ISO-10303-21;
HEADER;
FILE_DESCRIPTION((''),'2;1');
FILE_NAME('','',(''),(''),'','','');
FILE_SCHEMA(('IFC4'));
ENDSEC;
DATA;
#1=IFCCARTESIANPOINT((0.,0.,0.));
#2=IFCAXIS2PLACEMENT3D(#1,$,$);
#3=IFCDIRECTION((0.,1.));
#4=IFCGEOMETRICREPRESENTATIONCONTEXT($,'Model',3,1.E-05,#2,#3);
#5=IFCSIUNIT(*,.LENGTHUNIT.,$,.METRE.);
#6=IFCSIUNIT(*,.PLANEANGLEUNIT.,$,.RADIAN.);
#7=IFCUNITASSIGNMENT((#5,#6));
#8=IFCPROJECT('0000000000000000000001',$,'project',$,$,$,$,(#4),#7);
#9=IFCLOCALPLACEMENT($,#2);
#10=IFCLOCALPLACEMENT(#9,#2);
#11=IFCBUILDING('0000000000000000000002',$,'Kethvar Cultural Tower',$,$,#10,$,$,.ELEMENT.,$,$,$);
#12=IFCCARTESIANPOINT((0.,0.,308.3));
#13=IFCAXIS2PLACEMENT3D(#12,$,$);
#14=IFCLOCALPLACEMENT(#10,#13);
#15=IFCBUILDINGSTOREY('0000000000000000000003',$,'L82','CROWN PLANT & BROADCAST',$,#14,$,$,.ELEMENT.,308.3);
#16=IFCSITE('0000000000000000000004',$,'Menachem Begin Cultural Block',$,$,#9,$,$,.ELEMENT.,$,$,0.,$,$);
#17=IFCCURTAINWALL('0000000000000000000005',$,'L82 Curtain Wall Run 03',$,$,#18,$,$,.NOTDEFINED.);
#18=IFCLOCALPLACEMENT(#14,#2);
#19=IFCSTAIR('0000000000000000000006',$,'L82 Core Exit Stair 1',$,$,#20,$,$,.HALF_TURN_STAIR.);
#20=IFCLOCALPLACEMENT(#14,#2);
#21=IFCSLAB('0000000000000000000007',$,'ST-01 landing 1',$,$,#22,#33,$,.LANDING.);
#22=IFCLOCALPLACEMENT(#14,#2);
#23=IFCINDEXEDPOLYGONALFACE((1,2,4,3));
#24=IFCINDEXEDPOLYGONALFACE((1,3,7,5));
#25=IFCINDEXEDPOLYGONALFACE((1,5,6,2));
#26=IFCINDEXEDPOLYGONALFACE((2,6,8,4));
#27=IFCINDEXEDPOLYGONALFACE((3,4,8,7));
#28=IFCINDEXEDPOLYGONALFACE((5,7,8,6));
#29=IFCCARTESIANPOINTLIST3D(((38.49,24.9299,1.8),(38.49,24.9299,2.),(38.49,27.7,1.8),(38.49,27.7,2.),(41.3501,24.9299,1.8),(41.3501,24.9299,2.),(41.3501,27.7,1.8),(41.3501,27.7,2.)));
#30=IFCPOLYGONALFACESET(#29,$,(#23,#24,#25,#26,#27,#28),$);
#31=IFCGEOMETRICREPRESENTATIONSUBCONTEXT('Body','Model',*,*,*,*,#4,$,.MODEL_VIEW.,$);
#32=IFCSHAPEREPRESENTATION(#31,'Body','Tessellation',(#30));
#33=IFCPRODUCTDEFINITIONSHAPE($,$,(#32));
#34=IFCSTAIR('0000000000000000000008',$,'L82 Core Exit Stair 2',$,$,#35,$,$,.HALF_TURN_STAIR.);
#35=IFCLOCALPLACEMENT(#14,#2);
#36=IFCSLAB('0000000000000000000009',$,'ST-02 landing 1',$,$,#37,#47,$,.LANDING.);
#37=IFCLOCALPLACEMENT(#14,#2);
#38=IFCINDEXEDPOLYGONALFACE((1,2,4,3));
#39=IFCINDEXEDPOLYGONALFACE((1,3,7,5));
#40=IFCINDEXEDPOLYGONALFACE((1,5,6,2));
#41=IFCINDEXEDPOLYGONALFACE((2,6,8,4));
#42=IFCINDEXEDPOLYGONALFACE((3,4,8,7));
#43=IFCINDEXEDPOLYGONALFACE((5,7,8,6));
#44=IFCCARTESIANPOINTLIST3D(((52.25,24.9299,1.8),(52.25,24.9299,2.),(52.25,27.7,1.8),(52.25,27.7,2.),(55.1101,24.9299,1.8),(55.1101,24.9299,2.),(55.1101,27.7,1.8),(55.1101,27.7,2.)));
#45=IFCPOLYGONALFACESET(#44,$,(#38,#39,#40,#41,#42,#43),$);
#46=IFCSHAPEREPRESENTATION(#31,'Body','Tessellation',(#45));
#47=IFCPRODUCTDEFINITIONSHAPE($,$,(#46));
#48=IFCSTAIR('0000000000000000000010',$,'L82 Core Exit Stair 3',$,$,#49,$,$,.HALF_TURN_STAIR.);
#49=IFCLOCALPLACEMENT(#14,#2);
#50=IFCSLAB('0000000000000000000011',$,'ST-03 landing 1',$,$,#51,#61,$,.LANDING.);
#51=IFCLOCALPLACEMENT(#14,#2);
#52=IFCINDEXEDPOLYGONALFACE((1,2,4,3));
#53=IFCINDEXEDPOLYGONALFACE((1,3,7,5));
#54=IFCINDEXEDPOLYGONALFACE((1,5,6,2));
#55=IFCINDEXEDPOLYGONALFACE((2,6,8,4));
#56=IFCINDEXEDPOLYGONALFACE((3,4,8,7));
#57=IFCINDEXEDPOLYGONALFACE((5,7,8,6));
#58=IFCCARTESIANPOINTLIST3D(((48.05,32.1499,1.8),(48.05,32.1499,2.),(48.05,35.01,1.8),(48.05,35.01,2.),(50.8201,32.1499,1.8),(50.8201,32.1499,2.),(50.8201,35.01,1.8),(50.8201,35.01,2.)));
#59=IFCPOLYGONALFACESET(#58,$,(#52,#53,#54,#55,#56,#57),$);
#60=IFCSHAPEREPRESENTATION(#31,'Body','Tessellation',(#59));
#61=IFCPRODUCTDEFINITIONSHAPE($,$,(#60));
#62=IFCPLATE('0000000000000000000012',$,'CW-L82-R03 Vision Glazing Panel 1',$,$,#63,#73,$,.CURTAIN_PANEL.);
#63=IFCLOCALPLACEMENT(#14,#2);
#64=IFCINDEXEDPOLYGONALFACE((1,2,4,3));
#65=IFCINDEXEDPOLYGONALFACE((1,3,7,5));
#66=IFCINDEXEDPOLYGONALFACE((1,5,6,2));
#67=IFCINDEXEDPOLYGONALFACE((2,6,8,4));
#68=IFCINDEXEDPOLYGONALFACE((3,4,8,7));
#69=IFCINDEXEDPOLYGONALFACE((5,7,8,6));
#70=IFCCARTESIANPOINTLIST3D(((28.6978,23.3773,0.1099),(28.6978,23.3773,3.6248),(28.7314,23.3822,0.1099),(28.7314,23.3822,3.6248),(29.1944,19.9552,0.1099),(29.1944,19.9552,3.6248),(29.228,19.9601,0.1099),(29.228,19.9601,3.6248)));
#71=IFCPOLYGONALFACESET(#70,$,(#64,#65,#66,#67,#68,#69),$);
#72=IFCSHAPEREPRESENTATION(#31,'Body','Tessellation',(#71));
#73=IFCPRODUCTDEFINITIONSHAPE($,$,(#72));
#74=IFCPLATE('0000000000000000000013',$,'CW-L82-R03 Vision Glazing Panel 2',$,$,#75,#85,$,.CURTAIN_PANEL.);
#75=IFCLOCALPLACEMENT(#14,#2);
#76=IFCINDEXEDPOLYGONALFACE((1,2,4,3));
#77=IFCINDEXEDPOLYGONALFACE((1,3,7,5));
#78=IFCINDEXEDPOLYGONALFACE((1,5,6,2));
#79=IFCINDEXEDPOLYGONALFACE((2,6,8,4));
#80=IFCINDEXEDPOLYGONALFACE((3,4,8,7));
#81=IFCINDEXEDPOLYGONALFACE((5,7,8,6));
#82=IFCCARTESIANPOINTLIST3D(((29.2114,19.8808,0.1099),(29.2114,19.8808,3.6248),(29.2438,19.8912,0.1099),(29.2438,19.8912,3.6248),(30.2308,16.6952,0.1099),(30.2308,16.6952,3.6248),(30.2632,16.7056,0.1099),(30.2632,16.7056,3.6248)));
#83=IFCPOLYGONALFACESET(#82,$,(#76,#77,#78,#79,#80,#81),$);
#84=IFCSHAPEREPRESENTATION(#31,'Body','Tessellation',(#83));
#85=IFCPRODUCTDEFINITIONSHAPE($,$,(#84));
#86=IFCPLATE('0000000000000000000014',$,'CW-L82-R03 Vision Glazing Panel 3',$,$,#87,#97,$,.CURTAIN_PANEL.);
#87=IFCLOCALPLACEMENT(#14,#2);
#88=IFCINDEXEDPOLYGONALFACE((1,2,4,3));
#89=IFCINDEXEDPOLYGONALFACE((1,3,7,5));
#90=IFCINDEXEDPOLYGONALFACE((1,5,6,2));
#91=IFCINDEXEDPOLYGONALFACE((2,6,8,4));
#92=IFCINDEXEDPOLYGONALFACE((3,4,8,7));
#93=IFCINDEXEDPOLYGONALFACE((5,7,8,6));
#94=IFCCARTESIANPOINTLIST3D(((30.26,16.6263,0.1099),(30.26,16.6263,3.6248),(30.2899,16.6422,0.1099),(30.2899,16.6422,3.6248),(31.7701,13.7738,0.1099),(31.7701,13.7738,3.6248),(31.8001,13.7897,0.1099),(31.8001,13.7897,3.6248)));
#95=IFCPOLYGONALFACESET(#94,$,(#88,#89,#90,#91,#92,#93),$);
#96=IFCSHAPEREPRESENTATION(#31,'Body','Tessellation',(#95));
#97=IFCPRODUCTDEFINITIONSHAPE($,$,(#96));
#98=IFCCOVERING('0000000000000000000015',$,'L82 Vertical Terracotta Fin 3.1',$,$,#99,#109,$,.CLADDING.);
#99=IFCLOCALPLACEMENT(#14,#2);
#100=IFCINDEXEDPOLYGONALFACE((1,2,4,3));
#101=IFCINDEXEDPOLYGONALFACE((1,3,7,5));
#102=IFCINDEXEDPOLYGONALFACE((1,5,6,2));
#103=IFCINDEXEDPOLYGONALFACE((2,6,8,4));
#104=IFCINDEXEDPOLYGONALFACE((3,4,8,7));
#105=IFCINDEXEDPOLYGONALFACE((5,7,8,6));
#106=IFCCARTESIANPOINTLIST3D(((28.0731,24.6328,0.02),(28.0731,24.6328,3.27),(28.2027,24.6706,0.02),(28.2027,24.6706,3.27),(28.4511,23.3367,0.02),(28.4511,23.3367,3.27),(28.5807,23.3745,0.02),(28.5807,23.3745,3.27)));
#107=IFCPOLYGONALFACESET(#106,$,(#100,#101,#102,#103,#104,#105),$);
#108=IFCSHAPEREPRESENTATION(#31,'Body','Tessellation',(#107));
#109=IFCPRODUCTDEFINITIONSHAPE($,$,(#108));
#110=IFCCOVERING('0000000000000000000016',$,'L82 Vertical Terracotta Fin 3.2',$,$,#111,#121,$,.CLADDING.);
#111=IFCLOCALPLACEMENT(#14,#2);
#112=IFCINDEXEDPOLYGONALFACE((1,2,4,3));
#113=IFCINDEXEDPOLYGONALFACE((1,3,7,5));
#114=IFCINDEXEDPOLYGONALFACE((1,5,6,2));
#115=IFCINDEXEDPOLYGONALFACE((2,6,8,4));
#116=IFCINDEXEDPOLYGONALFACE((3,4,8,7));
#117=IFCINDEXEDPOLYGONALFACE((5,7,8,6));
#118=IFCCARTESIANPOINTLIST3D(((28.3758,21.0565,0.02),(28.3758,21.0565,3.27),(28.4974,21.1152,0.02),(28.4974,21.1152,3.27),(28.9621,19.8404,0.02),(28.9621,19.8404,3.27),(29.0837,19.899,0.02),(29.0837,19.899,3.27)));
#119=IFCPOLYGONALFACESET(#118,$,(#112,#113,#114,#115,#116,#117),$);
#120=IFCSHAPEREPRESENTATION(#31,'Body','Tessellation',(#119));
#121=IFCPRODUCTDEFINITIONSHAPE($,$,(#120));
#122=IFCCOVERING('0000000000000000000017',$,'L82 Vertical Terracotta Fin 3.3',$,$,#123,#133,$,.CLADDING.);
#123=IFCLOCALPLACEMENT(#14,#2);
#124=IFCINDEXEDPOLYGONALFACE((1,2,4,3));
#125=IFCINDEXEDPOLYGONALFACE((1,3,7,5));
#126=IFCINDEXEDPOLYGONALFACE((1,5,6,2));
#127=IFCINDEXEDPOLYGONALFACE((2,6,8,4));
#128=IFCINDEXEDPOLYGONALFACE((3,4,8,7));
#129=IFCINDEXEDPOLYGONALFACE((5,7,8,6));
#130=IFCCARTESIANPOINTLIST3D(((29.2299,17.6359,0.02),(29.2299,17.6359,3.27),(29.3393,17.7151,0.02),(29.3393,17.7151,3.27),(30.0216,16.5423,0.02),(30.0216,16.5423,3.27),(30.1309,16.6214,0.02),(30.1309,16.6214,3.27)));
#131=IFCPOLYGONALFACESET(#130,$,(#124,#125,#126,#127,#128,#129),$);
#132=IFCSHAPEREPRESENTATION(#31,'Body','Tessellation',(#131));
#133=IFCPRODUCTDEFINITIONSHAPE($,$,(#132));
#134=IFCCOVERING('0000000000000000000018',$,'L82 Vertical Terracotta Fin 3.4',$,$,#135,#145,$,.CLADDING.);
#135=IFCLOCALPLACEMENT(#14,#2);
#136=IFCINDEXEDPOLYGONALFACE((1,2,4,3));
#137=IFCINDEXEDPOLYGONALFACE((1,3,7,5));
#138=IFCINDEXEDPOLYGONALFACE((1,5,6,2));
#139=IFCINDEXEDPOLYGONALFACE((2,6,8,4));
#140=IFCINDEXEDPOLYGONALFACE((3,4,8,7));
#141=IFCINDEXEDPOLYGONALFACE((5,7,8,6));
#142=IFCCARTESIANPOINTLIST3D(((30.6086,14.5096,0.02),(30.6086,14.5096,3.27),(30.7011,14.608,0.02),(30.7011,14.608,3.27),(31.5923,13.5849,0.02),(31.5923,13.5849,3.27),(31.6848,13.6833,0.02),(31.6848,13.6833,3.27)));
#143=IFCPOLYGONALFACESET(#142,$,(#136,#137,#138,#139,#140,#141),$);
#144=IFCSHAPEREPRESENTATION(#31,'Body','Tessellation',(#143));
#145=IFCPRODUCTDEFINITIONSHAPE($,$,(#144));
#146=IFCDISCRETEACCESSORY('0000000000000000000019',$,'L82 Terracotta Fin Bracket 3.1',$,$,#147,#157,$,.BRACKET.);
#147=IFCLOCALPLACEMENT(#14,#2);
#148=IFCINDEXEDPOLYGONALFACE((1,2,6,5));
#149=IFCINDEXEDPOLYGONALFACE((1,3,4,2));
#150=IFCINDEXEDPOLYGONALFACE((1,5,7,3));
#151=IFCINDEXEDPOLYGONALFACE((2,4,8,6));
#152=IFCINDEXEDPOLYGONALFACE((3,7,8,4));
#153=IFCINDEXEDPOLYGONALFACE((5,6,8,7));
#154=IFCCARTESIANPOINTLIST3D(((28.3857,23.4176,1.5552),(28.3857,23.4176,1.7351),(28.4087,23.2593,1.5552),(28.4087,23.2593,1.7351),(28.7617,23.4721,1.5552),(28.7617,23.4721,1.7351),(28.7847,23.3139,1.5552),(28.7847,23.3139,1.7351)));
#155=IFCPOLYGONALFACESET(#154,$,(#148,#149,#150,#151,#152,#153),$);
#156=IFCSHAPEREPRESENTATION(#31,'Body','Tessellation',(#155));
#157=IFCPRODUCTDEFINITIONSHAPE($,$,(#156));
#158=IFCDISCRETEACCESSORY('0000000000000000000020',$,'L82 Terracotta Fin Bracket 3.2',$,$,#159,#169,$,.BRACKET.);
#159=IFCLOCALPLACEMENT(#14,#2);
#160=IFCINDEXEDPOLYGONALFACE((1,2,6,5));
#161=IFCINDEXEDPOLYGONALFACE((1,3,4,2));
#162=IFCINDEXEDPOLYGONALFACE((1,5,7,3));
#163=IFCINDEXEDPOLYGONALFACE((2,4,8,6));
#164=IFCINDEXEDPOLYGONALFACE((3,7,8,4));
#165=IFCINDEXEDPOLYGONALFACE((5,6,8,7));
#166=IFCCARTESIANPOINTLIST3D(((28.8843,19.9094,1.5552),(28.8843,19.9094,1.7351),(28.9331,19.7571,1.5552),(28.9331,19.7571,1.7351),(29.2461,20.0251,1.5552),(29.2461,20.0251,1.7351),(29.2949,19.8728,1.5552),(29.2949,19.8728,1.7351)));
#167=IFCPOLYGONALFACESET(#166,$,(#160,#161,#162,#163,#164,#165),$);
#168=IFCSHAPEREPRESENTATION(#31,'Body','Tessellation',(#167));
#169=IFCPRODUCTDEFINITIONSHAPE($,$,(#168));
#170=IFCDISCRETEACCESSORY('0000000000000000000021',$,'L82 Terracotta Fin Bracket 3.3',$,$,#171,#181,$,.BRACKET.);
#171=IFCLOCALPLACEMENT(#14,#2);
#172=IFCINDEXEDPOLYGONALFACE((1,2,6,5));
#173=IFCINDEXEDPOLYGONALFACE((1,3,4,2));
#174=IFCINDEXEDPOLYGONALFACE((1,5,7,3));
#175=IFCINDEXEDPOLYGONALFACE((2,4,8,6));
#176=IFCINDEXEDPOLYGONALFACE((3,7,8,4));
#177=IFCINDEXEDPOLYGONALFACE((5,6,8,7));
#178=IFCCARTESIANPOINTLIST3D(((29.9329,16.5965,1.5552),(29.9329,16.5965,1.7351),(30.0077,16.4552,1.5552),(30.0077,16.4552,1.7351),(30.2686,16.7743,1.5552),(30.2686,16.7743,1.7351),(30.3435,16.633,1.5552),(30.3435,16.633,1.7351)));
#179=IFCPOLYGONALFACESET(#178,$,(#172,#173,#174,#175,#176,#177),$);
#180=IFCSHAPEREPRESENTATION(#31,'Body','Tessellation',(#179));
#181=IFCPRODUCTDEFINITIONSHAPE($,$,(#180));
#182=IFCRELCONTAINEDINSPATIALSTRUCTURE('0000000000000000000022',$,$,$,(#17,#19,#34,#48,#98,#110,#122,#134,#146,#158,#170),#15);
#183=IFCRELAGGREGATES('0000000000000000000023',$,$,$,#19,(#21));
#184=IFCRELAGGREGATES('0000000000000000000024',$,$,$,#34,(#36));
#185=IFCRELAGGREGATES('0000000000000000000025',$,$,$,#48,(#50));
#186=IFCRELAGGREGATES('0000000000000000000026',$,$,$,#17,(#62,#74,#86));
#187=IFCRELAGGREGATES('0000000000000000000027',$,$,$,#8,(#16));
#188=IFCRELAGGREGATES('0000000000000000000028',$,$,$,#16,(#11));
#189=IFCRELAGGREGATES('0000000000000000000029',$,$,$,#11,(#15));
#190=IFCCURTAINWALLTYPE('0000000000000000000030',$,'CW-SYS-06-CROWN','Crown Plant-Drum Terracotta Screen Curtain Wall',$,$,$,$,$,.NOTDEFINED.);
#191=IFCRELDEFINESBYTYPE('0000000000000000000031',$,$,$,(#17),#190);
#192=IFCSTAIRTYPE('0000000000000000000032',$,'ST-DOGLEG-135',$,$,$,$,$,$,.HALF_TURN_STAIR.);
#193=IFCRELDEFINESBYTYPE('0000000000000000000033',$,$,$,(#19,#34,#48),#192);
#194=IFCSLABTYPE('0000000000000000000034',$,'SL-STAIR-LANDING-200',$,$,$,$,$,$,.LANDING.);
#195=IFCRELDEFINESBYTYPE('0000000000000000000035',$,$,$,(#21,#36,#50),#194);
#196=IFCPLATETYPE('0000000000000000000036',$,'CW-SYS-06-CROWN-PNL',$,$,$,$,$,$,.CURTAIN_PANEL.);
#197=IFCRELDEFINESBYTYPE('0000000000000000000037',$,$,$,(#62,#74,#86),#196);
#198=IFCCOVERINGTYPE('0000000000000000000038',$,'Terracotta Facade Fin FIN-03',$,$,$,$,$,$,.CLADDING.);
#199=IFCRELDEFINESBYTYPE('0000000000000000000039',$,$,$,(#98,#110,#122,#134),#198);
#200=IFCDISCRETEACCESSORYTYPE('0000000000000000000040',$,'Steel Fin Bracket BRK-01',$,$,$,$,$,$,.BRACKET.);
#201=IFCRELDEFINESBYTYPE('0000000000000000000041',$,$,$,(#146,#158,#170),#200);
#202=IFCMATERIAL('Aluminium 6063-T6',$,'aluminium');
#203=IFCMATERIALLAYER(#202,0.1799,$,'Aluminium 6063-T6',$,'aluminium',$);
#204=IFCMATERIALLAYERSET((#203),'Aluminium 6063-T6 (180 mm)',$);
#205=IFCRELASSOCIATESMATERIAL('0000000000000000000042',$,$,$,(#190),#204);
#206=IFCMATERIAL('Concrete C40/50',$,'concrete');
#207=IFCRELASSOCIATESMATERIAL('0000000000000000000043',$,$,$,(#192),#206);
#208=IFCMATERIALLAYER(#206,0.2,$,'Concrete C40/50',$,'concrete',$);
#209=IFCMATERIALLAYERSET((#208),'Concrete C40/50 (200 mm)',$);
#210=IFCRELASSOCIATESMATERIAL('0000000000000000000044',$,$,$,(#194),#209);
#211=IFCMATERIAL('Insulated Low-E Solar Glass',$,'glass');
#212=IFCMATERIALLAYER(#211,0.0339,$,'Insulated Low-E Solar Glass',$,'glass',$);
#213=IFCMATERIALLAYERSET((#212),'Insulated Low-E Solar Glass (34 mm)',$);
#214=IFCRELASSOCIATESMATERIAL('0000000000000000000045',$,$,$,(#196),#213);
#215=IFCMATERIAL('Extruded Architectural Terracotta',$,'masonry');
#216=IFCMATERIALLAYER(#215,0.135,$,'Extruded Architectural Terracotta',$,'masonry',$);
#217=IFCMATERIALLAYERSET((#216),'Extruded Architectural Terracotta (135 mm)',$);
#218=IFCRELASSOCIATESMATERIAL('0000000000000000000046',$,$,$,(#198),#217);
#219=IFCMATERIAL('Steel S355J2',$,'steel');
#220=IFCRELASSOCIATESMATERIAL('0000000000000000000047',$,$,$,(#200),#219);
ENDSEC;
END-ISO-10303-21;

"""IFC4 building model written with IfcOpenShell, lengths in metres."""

from ifc_helpers import new_model, si_unit, direction, frame, origin, origin_2d, place, context, subcontext, project, spatial, polyline, rectangle, outline, extrude, source, transform, mapped, material, layer, layer_set, type_object, element, aggregate, save


model = new_model("IFC4")

# Units and contexts
model_context = context("Model", 3, precision=1e-05, world=origin(), true_north=direction((0.0, 1.0)))
body_context = subcontext(model_context, "Body", "Model", "MODEL_VIEW")
ifc_project = project(units=[si_unit("LENGTHUNIT", "METRE"), si_unit("PLANEANGLEUNIT", "RADIAN")], contexts=[model_context])

# Site, building, storey
site_placement = place(None, origin())
site = spatial("IfcSite", under=ifc_project, at=site_placement, Name="Menachem Begin Cultural Block", CompositionType="ELEMENT", RefElevation=0.0)
building_placement = place(site_placement, origin())
building = spatial("IfcBuilding", under=site, at=building_placement, Name="Kethvar Cultural Tower", CompositionType="ELEMENT")
storey_placement = place(building_placement, frame((0.0, 0.0, 308.3)))
storey = spatial("IfcBuildingStorey", under=building, at=storey_placement, Name="L82", Description="CROWN PLANT & BROADCAST", CompositionType="ELEMENT", Elevation=308.3)

# Shared definitions
ifc_material_1 = material(Name="Steel S355J2", Category="steel")

# Shared definitions
ifc_material_2 = material(Name="Aluminium 6063-T6", Category="aluminium")
ifc_layer_1 = layer(ifc_material_2, 0.1799, Name="Aluminium 6063-T6", Category="aluminium")
ifc_layer_set_1 = layer_set([ifc_layer_1], Name="Aluminium 6063-T6 (180 mm)")
curtain_wall_type = type_object("IfcCurtainWallType", Name="CW-SYS-06-CROWN", Description="Crown Plant-Drum Terracotta Screen Curtain Wall", PredefinedType="NOTDEFINED", material=ifc_layer_set_1)

# Curtain wall
curtain_wall_1_placement = place(storey_placement, origin())
curtain_wall_1 = element("IfcCurtainWall", 1, at=curtain_wall_1_placement, inside=storey, type_object=curtain_wall_type, Name="L82 Curtain Wall Run 03", PredefinedType="NOTDEFINED")

# Stairs, slabs
ifc_material_3 = material(Name="Concrete C40/50", Category="concrete")
stair_type = type_object("IfcStairType", Name="ST-DOGLEG-135", PredefinedType="HALF_TURN_STAIR", material=ifc_material_3)
stair_1_placement = place(storey_placement, origin())
stair_1 = element("IfcStair", 2, at=stair_1_placement, inside=storey, type_object=stair_type, Name="L82 Core Exit Stair 1", PredefinedType="HALF_TURN_STAIR")
ifc_layer_2 = layer(ifc_material_3, 0.2, Name="Concrete C40/50", Category="concrete")
ifc_layer_set_2 = layer_set([ifc_layer_2], Name="Concrete C40/50 (200 mm)")
slab_type_1 = type_object("IfcSlabType", Name="SL-STAIR-LANDING-200", PredefinedType="LANDING", material=ifc_layer_set_2)
slab_1_placement = place(storey_placement, frame((0.0, 0.0, 1.8)))
slab_1 = element("IfcSlab", 3, at=slab_1_placement, type_object=slab_type_1, Name="ST-01 landing 1", PredefinedType="LANDING", context=body_context, shape_type="SweptSolid", body=[
    extrude(outline(polyline([(41.3501, 24.9299), (41.3501, 27.7), (38.49, 27.7), (38.49, 24.9299), (41.3501, 24.9299)])), origin(), (0.0, 0.0, 1.0), 0.2),
])
aggregate(stair_1, [slab_1])
stair_2_placement = place(storey_placement, origin())
stair_2 = element("IfcStair", 4, at=stair_2_placement, inside=storey, type_object=stair_type, Name="L82 Core Exit Stair 2", PredefinedType="HALF_TURN_STAIR")
slab_2_placement = place(storey_placement, frame((0.0, 0.0, 1.8)))
slab_2 = element("IfcSlab", 5, at=slab_2_placement, type_object=slab_type_1, Name="ST-02 landing 1", PredefinedType="LANDING", context=body_context, shape_type="SweptSolid", body=[
    extrude(outline(polyline([(55.1101, 24.9299), (55.1101, 27.7), (52.25, 27.7), (52.25, 24.9299), (55.1101, 24.9299)])), origin(), (0.0, 0.0, 1.0), 0.2),
])
aggregate(stair_2, [slab_2])
stair_3_placement = place(storey_placement, origin())
stair_3 = element("IfcStair", 6, at=stair_3_placement, inside=storey, type_object=stair_type, Name="L82 Core Exit Stair 3", PredefinedType="HALF_TURN_STAIR")
slab_3_placement = place(storey_placement, frame((0.0, 0.0, 1.8)))
slab_3 = element("IfcSlab", 7, at=slab_3_placement, type_object=slab_type_1, Name="ST-03 landing 1", PredefinedType="LANDING", context=body_context, shape_type="SweptSolid", body=[
    extrude(outline(polyline([(50.8201, 35.01), (48.05, 35.01), (48.05, 32.1499), (50.8201, 32.1499), (50.8201, 35.01)])), origin(), (0.0, 0.0, 1.0), 0.2),
])
aggregate(stair_3, [slab_3])

# Plates
ifc_material_4 = material(Name="Insulated Low-E Solar Glass", Category="glass")
ifc_layer_3 = layer(ifc_material_4, 0.0339, Name="Insulated Low-E Solar Glass", Category="glass")
ifc_layer_set_3 = layer_set([ifc_layer_3], Name="Insulated Low-E Solar Glass (34 mm)")
plate_type = type_object("IfcPlateType", Name="CW-SYS-06-CROWN-PNL", PredefinedType="CURTAIN_PANEL", material=ifc_layer_set_3)
shared_shape_1 = source(origin(), body_context, "Body", "SweptSolid", [
    extrude(rectangle(XDim=3.458, YDim=0.0339, at=origin_2d()), origin(), (0.0, 0.0, 1.0), 3.5149),
])
plate_1_placement = place(storey_placement, frame((28.9629, 21.6687, 0.1099), z_axis=(0.0, 0.0, 1.0), x_axis=(0.143596, -0.989636, 0.0)))
plate_1 = element("IfcPlate", 8, at=plate_1_placement, type_object=plate_type, Name="CW-L82-R03 Vision Glazing Panel 1", PredefinedType="CURTAIN_PANEL", context=body_context, shape_type="MappedRepresentation", body=[
    mapped(shared_shape_1, transform((0.0, 0.0, 0.0), scale=1.0)),
])
shared_shape_2 = source(origin(), body_context, "Body", "SweptSolid", [
    extrude(rectangle(XDim=3.3447, YDim=0.0339, at=origin_2d()), origin(), (0.0, 0.0, 1.0), 3.5149),
])
plate_2_placement = place(storey_placement, frame((29.7373, 18.2932, 0.1099), z_axis=(0.0, 0.0, 1.0), x_axis=(0.304781, -0.952422, 0.0)))
plate_2 = element("IfcPlate", 9, at=plate_2_placement, type_object=plate_type, Name="CW-L82-R03 Vision Glazing Panel 2", PredefinedType="CURTAIN_PANEL", context=body_context, shape_type="MappedRepresentation", body=[
    mapped(shared_shape_2, transform((0.0, 0.0, 0.0), scale=1.0)),
])
shared_shape_3 = source(origin(), body_context, "Body", "SweptSolid", [
    extrude(rectangle(XDim=3.2275, YDim=0.0339, at=origin_2d()), origin(), (0.0, 0.0, 1.0), 3.5149),
])
plate_3_placement = place(storey_placement, frame((31.03, 15.208, 0.1099), z_axis=(0.0, 0.0, 1.0), x_axis=(0.467899, -0.883782, 0.0)))
plate_3 = element("IfcPlate", 10, at=plate_3_placement, type_object=plate_type, Name="CW-L82-R03 Vision Glazing Panel 3", PredefinedType="CURTAIN_PANEL", context=body_context, shape_type="MappedRepresentation", body=[
    mapped(shared_shape_3, transform((0.0, 0.0, 0.0), scale=1.0)),
])
aggregate(curtain_wall_1, [plate_1, plate_2, plate_3])

# Coverings
ifc_material_5 = material(Name="Extruded Architectural Terracotta", Category="masonry")
ifc_layer_4 = layer(ifc_material_5, 0.135, Name="Extruded Architectural Terracotta", Category="masonry")
ifc_layer_set_4 = layer_set([ifc_layer_4], Name="Extruded Architectural Terracotta (135 mm)")
covering_type = type_object("IfcCoveringType", Name="Terracotta Facade Fin FIN-03", PredefinedType="CLADDING", material=ifc_layer_set_4)
shared_shape_4 = source(origin(), body_context, "Body", "SweptSolid", [
    extrude(rectangle(XDim=1.3501, YDim=0.135, at=origin_2d()), origin(), (0.0, 0.0, 1.0), 3.25),
])
for number, where, z_axis, x_axis, name in (
    (11, (28.3269, 24.0037, 0.02), (0.0, 0.0, 1.0), (-0.279997, 0.960001, 0.0), "L82 Vertical Terracotta Fin 3.1"),
    (12, (28.7297, 20.4778, 0.02), (0.0, 0.0, 1.0), (-0.434288, 0.900774, 0.0), "L82 Vertical Terracotta Fin 3.2"),
    (13, (29.6804, 17.1287, 0.02), (0.0, 0.0, 1.0), (-0.586372, 0.810042, 0.0), "L82 Vertical Terracotta Fin 3.3"),
    (14, (31.1467, 14.0964, 0.02), (0.0, 0.0, 1.0), (-0.72861, 0.684929, 0.0), "L82 Vertical Terracotta Fin 3.4"),
):
    element("IfcCovering", number, at=place(storey_placement, frame(where, z_axis=z_axis, x_axis=x_axis)), inside=storey, type_object=covering_type, Name=name, PredefinedType="CLADDING", context=body_context, shape_type="MappedRepresentation", body=[
        mapped(shared_shape_4, transform((0.0, 0.0, 0.0), scale=1.0)),
    ])

# Discrete accessories
discrete_accessory_type = type_object("IfcDiscreteAccessoryType", Name="Steel Fin Bracket BRK-01", PredefinedType="BRACKET", material=ifc_material_1)
shared_shape_5 = source(origin(), body_context, "Body", "SweptSolid", [
    extrude(rectangle(XDim=0.3799, YDim=0.1599, at=origin_2d()), origin(), (0.0, 0.0, 1.0), 0.1799),
])
for number, where, z_axis, x_axis, name in (
    (15, (28.5852, 23.3657, 1.5552), (0.0, 0.0, 1.0), (-0.989626, -0.143665, 0.0), "L82 Terracotta Fin Bracket 3.1"),
    (16, (29.0896, 19.8911, 1.5552), (0.0, 0.0, 1.0), (-0.952449, -0.304698, 0.0), "L82 Terracotta Fin Bracket 3.2"),
    (17, (30.1382, 16.6147, 1.5552), (0.0, 0.0, 1.0), (-0.883766, -0.46793, 0.0), "L82 Terracotta Fin Bracket 3.3"),
):
    element("IfcDiscreteAccessory", number, at=place(storey_placement, frame(where, z_axis=z_axis, x_axis=x_axis)), inside=storey, type_object=discrete_accessory_type, Name=name, PredefinedType="BRACKET", context=body_context, shape_type="MappedRepresentation", body=[
        mapped(shared_shape_5, transform((0.0, 0.0, 0.0), scale=1.0)),
    ])

save(model, "model.ifc")
